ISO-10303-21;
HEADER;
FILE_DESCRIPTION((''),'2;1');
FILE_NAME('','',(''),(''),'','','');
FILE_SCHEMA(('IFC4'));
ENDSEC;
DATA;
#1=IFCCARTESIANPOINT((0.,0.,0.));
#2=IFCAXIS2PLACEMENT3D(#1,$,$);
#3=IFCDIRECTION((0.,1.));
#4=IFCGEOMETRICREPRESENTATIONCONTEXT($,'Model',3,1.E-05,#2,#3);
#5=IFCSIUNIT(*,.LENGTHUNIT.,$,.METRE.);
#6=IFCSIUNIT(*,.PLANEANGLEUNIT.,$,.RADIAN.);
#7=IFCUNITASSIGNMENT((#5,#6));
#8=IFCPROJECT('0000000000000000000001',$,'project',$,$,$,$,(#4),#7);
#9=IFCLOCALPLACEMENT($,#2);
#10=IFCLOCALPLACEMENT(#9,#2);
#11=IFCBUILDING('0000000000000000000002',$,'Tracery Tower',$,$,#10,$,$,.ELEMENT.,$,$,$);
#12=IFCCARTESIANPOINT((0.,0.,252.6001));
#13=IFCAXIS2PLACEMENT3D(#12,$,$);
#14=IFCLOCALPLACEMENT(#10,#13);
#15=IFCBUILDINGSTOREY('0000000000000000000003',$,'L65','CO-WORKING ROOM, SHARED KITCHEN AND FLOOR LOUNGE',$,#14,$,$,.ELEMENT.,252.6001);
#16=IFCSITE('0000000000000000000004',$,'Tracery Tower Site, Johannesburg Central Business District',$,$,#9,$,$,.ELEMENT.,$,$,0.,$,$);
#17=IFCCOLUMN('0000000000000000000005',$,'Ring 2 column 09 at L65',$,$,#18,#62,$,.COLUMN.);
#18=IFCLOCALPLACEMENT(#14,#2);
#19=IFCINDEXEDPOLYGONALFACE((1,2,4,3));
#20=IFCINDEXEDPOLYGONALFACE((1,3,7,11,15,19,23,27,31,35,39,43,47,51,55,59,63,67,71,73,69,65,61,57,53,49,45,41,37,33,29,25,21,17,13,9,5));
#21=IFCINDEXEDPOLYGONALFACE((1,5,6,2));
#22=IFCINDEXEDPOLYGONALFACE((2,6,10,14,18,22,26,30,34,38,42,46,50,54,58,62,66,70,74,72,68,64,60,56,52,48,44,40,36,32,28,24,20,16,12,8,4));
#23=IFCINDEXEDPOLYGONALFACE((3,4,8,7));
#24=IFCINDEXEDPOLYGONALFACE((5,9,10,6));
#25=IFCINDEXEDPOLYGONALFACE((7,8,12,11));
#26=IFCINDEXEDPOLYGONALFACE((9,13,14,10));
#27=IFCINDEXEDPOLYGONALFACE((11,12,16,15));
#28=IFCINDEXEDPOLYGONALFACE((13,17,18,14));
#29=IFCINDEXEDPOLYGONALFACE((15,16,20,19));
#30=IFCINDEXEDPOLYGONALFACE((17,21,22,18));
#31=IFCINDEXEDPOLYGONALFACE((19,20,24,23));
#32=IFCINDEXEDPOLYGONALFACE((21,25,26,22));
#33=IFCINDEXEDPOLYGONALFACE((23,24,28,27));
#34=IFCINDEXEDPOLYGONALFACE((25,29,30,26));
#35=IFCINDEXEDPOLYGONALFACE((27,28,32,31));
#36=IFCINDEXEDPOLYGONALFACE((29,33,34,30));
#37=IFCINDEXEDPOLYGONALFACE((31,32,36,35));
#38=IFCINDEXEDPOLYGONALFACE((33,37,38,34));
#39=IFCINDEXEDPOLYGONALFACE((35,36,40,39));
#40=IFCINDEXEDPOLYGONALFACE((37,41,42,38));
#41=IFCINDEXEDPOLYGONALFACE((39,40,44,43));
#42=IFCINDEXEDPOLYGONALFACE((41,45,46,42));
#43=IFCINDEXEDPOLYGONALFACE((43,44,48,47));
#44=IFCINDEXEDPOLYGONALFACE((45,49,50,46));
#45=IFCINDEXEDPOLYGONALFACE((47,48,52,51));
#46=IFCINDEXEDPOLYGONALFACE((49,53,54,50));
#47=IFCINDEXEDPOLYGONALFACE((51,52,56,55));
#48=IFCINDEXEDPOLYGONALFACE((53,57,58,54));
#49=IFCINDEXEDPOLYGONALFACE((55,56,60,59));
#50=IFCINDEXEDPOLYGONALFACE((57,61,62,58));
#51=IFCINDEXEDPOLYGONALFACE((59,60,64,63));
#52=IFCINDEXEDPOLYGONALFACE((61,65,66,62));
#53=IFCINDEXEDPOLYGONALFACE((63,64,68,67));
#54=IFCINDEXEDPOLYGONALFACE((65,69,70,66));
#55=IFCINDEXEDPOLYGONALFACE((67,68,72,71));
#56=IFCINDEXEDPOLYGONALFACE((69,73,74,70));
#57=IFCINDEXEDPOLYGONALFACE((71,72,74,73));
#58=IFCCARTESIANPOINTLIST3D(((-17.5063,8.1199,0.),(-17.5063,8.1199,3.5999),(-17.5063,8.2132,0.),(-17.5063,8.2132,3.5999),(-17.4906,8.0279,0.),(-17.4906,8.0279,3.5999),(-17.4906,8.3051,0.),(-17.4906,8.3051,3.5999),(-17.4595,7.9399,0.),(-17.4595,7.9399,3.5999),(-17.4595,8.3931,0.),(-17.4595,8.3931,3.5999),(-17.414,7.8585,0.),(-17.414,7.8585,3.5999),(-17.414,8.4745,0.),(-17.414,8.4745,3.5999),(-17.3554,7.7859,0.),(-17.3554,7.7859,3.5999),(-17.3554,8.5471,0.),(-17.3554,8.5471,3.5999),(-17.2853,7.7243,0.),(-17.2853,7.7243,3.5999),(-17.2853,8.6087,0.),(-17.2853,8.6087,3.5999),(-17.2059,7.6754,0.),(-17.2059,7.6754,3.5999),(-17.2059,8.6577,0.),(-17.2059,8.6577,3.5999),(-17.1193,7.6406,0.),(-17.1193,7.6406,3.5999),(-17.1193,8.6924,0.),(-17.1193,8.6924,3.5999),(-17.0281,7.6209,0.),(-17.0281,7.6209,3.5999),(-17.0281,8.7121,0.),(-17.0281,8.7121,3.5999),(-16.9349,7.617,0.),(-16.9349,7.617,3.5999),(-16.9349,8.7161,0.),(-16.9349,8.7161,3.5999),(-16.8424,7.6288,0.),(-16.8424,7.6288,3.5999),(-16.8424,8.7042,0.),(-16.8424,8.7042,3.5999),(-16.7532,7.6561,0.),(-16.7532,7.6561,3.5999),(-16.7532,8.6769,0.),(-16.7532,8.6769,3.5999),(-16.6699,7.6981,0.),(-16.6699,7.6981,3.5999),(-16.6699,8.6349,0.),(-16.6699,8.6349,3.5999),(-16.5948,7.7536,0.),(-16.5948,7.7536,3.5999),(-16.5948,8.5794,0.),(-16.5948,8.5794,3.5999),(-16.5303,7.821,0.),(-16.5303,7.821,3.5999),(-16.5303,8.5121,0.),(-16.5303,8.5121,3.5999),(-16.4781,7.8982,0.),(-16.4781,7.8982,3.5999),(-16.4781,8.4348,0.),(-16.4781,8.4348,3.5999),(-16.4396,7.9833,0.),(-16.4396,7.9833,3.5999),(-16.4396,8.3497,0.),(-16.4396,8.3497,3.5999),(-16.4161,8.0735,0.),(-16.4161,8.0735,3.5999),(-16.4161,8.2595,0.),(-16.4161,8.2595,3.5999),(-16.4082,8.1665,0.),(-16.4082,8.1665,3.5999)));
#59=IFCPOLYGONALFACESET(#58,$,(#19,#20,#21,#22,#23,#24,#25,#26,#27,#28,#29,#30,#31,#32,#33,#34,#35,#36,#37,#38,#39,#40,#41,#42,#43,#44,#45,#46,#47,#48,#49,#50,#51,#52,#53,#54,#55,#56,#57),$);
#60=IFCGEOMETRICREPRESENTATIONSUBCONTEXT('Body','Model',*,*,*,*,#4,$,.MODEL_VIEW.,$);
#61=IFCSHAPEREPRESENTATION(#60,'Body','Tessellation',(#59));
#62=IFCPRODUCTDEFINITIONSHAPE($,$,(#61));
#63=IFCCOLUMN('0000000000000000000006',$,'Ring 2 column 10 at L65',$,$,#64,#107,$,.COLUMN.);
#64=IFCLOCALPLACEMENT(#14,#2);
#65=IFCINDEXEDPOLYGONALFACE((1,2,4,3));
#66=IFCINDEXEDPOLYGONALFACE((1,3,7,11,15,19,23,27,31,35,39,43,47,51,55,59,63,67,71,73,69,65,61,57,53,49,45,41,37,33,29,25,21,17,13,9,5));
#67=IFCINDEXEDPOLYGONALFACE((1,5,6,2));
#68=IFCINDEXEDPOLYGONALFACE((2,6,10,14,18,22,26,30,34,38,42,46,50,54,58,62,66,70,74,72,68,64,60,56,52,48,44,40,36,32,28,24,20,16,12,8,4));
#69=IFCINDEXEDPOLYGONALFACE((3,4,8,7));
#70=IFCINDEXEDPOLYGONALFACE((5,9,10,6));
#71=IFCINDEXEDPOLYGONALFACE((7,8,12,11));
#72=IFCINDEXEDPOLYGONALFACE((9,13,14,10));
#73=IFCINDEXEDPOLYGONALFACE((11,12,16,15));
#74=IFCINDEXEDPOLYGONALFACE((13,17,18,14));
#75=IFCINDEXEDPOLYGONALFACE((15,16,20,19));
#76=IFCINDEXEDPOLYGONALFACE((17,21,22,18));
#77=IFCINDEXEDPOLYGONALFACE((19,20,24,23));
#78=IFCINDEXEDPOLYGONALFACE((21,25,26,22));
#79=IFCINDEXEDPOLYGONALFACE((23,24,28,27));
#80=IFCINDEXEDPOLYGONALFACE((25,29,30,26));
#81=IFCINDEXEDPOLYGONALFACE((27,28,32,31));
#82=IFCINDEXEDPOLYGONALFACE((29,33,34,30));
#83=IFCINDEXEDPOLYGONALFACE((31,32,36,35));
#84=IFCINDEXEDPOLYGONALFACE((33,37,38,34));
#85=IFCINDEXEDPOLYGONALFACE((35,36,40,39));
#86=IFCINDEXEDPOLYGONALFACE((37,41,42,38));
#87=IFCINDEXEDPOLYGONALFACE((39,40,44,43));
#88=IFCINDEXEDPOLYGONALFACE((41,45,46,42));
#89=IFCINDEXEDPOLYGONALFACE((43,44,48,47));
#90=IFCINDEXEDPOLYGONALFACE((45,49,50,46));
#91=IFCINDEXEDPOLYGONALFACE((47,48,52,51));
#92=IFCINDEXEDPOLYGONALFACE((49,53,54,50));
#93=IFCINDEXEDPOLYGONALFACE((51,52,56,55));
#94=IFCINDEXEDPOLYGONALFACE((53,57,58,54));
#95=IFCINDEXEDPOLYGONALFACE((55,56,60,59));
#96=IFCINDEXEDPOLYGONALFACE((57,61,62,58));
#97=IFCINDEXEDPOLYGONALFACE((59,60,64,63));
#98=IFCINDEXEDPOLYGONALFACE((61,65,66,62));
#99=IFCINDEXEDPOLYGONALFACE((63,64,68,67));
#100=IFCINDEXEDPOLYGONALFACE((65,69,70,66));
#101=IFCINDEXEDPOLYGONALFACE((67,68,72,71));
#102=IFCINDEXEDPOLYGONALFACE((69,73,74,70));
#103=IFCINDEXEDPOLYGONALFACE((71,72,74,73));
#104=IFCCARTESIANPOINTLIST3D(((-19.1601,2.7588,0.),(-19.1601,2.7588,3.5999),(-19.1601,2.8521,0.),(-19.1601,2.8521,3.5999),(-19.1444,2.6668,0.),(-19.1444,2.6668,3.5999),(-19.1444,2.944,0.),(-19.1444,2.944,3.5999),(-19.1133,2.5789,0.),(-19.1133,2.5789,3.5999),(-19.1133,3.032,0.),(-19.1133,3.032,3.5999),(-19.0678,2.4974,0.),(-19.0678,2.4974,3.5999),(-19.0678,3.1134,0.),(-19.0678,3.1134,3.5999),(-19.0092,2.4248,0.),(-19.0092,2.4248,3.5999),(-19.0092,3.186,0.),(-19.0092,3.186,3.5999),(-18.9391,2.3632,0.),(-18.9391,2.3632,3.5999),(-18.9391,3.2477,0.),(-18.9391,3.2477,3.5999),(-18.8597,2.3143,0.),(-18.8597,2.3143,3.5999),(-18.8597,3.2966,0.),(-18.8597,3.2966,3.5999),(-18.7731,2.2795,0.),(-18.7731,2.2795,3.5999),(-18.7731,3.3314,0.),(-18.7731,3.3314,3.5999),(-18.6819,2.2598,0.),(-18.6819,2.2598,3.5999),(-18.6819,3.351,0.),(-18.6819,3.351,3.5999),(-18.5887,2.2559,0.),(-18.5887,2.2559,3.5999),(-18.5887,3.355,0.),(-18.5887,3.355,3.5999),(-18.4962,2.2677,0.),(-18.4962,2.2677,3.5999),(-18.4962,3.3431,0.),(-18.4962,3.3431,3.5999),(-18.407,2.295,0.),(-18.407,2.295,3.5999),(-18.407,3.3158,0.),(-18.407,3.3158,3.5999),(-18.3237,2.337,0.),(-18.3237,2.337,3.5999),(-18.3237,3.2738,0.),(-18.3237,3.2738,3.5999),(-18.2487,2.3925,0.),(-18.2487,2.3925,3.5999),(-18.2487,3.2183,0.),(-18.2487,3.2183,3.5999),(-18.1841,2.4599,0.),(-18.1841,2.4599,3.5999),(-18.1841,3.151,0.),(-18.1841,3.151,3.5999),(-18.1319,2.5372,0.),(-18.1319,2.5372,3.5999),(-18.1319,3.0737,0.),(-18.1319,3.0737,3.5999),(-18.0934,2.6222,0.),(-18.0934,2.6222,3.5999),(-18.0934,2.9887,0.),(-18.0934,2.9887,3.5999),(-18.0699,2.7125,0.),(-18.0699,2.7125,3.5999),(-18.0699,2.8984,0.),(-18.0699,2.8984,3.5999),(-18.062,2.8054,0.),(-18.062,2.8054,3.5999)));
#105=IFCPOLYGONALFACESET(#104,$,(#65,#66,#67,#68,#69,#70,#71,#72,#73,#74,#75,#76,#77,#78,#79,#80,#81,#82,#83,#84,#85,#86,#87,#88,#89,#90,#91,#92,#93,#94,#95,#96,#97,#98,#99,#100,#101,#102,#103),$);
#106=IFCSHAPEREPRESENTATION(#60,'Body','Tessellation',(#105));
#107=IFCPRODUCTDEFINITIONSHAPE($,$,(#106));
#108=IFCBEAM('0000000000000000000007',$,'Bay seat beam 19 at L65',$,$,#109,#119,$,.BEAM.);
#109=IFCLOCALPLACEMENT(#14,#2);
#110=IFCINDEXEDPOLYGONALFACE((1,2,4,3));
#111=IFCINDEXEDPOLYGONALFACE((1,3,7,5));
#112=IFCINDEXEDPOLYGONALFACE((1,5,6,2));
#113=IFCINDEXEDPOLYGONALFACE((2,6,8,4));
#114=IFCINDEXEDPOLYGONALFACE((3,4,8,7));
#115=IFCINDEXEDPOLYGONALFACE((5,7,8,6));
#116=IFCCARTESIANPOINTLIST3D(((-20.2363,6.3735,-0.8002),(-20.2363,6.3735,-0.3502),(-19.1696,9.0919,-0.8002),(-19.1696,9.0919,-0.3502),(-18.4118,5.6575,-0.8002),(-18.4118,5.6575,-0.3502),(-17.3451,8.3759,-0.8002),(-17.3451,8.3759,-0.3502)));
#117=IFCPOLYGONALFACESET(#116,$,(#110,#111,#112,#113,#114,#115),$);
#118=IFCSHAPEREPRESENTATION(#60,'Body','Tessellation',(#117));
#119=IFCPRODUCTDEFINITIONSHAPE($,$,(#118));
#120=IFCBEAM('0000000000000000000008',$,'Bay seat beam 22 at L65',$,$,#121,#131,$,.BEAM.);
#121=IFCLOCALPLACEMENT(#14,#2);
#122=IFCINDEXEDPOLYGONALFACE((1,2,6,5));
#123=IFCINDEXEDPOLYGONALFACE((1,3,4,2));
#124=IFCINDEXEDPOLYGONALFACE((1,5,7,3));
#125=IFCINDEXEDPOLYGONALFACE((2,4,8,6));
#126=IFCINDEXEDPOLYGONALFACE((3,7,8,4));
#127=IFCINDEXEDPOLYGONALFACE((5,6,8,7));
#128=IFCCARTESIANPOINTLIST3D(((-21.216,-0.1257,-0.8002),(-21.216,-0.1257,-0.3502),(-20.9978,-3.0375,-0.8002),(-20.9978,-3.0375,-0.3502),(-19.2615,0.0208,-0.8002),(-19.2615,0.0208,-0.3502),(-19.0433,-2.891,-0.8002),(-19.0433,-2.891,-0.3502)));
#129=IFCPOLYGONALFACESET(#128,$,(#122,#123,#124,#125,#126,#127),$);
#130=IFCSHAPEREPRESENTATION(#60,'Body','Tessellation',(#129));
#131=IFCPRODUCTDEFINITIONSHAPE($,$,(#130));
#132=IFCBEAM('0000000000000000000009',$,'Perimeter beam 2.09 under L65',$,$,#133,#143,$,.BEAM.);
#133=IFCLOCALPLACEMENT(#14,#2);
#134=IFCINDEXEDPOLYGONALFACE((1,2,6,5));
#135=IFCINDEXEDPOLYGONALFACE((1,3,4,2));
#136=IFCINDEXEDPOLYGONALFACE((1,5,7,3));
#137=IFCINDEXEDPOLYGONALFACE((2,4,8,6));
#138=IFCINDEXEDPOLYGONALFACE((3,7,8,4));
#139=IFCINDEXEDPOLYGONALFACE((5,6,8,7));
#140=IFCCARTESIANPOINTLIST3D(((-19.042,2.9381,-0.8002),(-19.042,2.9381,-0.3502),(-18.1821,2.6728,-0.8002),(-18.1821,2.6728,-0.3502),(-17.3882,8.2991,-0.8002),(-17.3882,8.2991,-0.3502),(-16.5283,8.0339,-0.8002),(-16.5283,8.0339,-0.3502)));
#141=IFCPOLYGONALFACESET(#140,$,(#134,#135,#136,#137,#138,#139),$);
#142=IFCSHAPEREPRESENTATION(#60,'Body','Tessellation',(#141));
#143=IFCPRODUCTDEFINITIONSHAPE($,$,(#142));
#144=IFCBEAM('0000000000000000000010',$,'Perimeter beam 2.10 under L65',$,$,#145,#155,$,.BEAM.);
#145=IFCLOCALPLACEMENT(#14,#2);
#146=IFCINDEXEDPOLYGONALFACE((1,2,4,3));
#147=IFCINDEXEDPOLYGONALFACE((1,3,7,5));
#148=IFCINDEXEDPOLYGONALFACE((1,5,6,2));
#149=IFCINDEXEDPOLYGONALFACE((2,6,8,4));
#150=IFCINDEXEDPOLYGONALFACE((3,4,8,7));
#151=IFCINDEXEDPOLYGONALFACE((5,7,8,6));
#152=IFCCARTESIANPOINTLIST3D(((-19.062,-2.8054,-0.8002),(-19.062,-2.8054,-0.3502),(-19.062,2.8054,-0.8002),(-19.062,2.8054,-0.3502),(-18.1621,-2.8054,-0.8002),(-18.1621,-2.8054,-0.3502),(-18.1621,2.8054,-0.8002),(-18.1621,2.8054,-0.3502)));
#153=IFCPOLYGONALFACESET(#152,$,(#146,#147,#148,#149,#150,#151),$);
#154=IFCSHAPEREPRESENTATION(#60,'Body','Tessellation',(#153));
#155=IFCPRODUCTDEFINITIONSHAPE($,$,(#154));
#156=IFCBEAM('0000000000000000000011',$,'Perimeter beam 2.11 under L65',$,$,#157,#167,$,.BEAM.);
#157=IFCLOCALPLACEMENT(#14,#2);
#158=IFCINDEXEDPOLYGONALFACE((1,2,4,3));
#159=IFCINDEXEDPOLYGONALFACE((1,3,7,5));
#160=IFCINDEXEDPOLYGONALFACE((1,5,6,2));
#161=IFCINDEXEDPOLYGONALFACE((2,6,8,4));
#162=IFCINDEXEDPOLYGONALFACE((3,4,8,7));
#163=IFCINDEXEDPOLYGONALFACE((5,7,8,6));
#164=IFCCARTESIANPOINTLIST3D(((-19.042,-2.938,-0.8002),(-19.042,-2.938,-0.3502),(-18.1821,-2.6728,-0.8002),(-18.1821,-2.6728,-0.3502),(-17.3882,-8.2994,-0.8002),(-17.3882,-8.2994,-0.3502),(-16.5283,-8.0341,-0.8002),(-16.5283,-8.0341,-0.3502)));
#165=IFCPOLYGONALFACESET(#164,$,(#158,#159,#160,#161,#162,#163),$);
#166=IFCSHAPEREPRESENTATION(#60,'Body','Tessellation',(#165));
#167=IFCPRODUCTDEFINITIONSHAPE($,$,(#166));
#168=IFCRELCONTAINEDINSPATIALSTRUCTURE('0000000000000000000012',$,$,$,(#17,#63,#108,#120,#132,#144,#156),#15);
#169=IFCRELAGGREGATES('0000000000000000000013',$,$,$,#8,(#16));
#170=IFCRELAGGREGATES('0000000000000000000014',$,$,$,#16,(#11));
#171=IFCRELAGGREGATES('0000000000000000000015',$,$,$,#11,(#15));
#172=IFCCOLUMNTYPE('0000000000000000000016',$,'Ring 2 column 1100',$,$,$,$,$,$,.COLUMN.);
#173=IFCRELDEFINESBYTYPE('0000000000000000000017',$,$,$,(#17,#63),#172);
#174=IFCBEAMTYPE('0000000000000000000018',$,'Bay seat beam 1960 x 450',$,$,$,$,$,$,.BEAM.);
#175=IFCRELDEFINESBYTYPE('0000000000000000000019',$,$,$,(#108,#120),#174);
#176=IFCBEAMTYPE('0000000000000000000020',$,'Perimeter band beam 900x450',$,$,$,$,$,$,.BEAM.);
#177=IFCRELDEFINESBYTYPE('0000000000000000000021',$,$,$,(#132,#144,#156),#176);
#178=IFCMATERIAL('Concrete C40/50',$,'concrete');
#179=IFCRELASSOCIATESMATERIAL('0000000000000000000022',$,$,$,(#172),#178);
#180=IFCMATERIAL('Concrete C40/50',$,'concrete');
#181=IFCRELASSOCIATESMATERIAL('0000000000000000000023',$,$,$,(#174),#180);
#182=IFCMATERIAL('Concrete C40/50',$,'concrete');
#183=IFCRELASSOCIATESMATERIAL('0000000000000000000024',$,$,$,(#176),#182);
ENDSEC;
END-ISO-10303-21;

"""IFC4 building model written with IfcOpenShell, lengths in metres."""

from ifc_helpers import new_model, si_unit, direction, frame, origin, origin_2d, place, context, subcontext, project, spatial, rectangle, circle, extrude, material, material_profile, profile_set, type_object, element, save


model = new_model("IFC4")

# Units and contexts
model_context = context("Model", 3, precision=1e-05, world=origin(), true_north=direction((0.0, 1.0)))
body_context = subcontext(model_context, "Body", "Model", "MODEL_VIEW")
ifc_project = project(units=[si_unit("LENGTHUNIT", "METRE"), si_unit("PLANEANGLEUNIT", "RADIAN")], contexts=[model_context])

# Site, building, storey
site_placement = place(None, origin())
site = spatial("IfcSite", under=ifc_project, at=site_placement, Name="Tracery Tower Site, Johannesburg Central Business District", CompositionType="ELEMENT", RefElevation=0.0)
building_placement = place(site_placement, origin())
building = spatial("IfcBuilding", under=site, at=building_placement, Name="Tracery Tower", CompositionType="ELEMENT")
storey_placement = place(building_placement, frame((0.0, 0.0, 252.6001)))
storey = spatial("IfcBuildingStorey", under=building, at=storey_placement, Name="L65", Description="CO-WORKING ROOM, SHARED KITCHEN AND FLOOR LOUNGE", CompositionType="ELEMENT", Elevation=252.6001)

# Columns
ifc_material_1 = material(Name="Concrete C40/50", Category="concrete")
ifc_material_profile_1 = material_profile(ifc_material_1, circle(Radius=0.55, at=origin_2d()), Name="RC D1100")
ifc_profile_set_1 = profile_set([ifc_material_profile_1], Name="Concrete C40/50")
column_type = type_object("IfcColumnType", Name="Ring 2 column 1100", PredefinedType="COLUMN", material=ifc_profile_set_1)
for number, where, z_axis, x_axis, name in (
    (1, (-16.9583, 8.1665, 0.0), (0.0, 0.0, 1.0), (1.0, 0.0, 0.0), "Ring 2 column 09 at L65"),
    (2, (-18.6121, 2.8054, 0.0), (0.0, 0.0, 1.0), (1.0, 0.0, 0.0), "Ring 2 column 10 at L65"),
):
    element("IfcColumn", number, at=place(storey_placement, frame(where, z_axis=z_axis, x_axis=x_axis)), inside=storey, type_object=column_type, Name=name, PredefinedType="COLUMN", context=body_context, shape_type="SweptSolid", body=[
        extrude(circle(Radius=0.55, at=origin_2d()), origin(), (0.0, 0.0, 1.0), 3.5999),
    ])

# Beams
ifc_material_2 = material(Name="Concrete C40/50", Category="concrete")
ifc_material_profile_2 = material_profile(ifc_material_2, rectangle(XDim=1.96, YDim=0.45, at=origin_2d()), Name="RC 1960x450")
ifc_profile_set_2 = profile_set([ifc_material_profile_2], Name="Concrete C40/50")
beam_type_1 = type_object("IfcBeamType", Name="Bay seat beam 1960 x 450", PredefinedType="BEAM", material=ifc_profile_set_2)
beam_1_placement = place(storey_placement, frame((-18.2573, 8.7339, -0.5752), z_axis=(-0.365285, -0.930896, 0.0), x_axis=(0.930896, -0.365285, 0.0)))
element("IfcBeam", 3, at=beam_1_placement, inside=storey, type_object=beam_type_1, Name="Bay seat beam 19 at L65", PredefinedType="BEAM", context=body_context, shape_type="SweptSolid", body=[
    extrude(rectangle(XDim=1.96, YDim=0.45, at=origin_2d()), origin(), (0.0, 0.0, 1.0), 2.9202),
])
beam_2_placement = place(storey_placement, frame((-20.2388, -0.0525, -0.5752), z_axis=(0.074746, -0.997203, 0.0), x_axis=(0.997203, 0.074746, 0.0)))
element("IfcBeam", 4, at=beam_2_placement, inside=storey, type_object=beam_type_1, Name="Bay seat beam 22 at L65", PredefinedType="BEAM", context=body_context, shape_type="SweptSolid", body=[
    extrude(rectangle(XDim=1.96, YDim=0.45, at=origin_2d()), origin(), (0.0, 0.0, 1.0), 2.9199),
])
ifc_material_3 = material(Name="Concrete C40/50", Category="concrete")
ifc_material_profile_3 = material_profile(ifc_material_3, rectangle(XDim=0.8999, YDim=0.45, at=origin_2d()), Name="RC 900x450")
ifc_profile_set_3 = profile_set([ifc_material_profile_3], Name="Concrete C40/50")
beam_type_2 = type_object("IfcBeamType", Name="Perimeter band beam 900x450", PredefinedType="BEAM", material=ifc_profile_set_3)
beam_3_placement = place(storey_placement, frame((-16.9583, 8.1665, -0.5752), z_axis=(-0.294777, -0.955566, 0.0), x_axis=(0.955566, -0.294777, 0.0)))
element("IfcBeam", 5, at=beam_3_placement, inside=storey, type_object=beam_type_2, Name="Perimeter beam 2.09 under L65", PredefinedType="BEAM", context=body_context, shape_type="SweptSolid", body=[
    extrude(rectangle(XDim=0.8999, YDim=0.45, at=origin_2d()), origin(), (0.0, 0.0, 1.0), 5.6104),
])
beam_4_placement = place(storey_placement, frame((-18.6121, 2.8054, -0.5752), z_axis=(0.0, -1.0, 0.0), x_axis=(1.0, 0.0, 0.0)))
element("IfcBeam", 6, at=beam_4_placement, inside=storey, type_object=beam_type_2, Name="Perimeter beam 2.10 under L65", PredefinedType="BEAM", context=body_context, shape_type="SweptSolid", body=[
    extrude(rectangle(XDim=0.8999, YDim=0.45, at=origin_2d()), origin(), (0.0, 0.0, 1.0), 5.6108),
])
beam_5_placement = place(storey_placement, frame((-18.6121, -2.8054, -0.5752), z_axis=(0.294765, -0.95557, 0.0), x_axis=(0.95557, 0.294765, 0.0)))
element("IfcBeam", 7, at=beam_5_placement, inside=storey, type_object=beam_type_2, Name="Perimeter beam 2.11 under L65", PredefinedType="BEAM", context=body_context, shape_type="SweptSolid", body=[
    extrude(rectangle(XDim=0.8999, YDim=0.45, at=origin_2d()), origin(), (0.0, 0.0, 1.0), 5.6106),
])

save(model, "model.ifc")
